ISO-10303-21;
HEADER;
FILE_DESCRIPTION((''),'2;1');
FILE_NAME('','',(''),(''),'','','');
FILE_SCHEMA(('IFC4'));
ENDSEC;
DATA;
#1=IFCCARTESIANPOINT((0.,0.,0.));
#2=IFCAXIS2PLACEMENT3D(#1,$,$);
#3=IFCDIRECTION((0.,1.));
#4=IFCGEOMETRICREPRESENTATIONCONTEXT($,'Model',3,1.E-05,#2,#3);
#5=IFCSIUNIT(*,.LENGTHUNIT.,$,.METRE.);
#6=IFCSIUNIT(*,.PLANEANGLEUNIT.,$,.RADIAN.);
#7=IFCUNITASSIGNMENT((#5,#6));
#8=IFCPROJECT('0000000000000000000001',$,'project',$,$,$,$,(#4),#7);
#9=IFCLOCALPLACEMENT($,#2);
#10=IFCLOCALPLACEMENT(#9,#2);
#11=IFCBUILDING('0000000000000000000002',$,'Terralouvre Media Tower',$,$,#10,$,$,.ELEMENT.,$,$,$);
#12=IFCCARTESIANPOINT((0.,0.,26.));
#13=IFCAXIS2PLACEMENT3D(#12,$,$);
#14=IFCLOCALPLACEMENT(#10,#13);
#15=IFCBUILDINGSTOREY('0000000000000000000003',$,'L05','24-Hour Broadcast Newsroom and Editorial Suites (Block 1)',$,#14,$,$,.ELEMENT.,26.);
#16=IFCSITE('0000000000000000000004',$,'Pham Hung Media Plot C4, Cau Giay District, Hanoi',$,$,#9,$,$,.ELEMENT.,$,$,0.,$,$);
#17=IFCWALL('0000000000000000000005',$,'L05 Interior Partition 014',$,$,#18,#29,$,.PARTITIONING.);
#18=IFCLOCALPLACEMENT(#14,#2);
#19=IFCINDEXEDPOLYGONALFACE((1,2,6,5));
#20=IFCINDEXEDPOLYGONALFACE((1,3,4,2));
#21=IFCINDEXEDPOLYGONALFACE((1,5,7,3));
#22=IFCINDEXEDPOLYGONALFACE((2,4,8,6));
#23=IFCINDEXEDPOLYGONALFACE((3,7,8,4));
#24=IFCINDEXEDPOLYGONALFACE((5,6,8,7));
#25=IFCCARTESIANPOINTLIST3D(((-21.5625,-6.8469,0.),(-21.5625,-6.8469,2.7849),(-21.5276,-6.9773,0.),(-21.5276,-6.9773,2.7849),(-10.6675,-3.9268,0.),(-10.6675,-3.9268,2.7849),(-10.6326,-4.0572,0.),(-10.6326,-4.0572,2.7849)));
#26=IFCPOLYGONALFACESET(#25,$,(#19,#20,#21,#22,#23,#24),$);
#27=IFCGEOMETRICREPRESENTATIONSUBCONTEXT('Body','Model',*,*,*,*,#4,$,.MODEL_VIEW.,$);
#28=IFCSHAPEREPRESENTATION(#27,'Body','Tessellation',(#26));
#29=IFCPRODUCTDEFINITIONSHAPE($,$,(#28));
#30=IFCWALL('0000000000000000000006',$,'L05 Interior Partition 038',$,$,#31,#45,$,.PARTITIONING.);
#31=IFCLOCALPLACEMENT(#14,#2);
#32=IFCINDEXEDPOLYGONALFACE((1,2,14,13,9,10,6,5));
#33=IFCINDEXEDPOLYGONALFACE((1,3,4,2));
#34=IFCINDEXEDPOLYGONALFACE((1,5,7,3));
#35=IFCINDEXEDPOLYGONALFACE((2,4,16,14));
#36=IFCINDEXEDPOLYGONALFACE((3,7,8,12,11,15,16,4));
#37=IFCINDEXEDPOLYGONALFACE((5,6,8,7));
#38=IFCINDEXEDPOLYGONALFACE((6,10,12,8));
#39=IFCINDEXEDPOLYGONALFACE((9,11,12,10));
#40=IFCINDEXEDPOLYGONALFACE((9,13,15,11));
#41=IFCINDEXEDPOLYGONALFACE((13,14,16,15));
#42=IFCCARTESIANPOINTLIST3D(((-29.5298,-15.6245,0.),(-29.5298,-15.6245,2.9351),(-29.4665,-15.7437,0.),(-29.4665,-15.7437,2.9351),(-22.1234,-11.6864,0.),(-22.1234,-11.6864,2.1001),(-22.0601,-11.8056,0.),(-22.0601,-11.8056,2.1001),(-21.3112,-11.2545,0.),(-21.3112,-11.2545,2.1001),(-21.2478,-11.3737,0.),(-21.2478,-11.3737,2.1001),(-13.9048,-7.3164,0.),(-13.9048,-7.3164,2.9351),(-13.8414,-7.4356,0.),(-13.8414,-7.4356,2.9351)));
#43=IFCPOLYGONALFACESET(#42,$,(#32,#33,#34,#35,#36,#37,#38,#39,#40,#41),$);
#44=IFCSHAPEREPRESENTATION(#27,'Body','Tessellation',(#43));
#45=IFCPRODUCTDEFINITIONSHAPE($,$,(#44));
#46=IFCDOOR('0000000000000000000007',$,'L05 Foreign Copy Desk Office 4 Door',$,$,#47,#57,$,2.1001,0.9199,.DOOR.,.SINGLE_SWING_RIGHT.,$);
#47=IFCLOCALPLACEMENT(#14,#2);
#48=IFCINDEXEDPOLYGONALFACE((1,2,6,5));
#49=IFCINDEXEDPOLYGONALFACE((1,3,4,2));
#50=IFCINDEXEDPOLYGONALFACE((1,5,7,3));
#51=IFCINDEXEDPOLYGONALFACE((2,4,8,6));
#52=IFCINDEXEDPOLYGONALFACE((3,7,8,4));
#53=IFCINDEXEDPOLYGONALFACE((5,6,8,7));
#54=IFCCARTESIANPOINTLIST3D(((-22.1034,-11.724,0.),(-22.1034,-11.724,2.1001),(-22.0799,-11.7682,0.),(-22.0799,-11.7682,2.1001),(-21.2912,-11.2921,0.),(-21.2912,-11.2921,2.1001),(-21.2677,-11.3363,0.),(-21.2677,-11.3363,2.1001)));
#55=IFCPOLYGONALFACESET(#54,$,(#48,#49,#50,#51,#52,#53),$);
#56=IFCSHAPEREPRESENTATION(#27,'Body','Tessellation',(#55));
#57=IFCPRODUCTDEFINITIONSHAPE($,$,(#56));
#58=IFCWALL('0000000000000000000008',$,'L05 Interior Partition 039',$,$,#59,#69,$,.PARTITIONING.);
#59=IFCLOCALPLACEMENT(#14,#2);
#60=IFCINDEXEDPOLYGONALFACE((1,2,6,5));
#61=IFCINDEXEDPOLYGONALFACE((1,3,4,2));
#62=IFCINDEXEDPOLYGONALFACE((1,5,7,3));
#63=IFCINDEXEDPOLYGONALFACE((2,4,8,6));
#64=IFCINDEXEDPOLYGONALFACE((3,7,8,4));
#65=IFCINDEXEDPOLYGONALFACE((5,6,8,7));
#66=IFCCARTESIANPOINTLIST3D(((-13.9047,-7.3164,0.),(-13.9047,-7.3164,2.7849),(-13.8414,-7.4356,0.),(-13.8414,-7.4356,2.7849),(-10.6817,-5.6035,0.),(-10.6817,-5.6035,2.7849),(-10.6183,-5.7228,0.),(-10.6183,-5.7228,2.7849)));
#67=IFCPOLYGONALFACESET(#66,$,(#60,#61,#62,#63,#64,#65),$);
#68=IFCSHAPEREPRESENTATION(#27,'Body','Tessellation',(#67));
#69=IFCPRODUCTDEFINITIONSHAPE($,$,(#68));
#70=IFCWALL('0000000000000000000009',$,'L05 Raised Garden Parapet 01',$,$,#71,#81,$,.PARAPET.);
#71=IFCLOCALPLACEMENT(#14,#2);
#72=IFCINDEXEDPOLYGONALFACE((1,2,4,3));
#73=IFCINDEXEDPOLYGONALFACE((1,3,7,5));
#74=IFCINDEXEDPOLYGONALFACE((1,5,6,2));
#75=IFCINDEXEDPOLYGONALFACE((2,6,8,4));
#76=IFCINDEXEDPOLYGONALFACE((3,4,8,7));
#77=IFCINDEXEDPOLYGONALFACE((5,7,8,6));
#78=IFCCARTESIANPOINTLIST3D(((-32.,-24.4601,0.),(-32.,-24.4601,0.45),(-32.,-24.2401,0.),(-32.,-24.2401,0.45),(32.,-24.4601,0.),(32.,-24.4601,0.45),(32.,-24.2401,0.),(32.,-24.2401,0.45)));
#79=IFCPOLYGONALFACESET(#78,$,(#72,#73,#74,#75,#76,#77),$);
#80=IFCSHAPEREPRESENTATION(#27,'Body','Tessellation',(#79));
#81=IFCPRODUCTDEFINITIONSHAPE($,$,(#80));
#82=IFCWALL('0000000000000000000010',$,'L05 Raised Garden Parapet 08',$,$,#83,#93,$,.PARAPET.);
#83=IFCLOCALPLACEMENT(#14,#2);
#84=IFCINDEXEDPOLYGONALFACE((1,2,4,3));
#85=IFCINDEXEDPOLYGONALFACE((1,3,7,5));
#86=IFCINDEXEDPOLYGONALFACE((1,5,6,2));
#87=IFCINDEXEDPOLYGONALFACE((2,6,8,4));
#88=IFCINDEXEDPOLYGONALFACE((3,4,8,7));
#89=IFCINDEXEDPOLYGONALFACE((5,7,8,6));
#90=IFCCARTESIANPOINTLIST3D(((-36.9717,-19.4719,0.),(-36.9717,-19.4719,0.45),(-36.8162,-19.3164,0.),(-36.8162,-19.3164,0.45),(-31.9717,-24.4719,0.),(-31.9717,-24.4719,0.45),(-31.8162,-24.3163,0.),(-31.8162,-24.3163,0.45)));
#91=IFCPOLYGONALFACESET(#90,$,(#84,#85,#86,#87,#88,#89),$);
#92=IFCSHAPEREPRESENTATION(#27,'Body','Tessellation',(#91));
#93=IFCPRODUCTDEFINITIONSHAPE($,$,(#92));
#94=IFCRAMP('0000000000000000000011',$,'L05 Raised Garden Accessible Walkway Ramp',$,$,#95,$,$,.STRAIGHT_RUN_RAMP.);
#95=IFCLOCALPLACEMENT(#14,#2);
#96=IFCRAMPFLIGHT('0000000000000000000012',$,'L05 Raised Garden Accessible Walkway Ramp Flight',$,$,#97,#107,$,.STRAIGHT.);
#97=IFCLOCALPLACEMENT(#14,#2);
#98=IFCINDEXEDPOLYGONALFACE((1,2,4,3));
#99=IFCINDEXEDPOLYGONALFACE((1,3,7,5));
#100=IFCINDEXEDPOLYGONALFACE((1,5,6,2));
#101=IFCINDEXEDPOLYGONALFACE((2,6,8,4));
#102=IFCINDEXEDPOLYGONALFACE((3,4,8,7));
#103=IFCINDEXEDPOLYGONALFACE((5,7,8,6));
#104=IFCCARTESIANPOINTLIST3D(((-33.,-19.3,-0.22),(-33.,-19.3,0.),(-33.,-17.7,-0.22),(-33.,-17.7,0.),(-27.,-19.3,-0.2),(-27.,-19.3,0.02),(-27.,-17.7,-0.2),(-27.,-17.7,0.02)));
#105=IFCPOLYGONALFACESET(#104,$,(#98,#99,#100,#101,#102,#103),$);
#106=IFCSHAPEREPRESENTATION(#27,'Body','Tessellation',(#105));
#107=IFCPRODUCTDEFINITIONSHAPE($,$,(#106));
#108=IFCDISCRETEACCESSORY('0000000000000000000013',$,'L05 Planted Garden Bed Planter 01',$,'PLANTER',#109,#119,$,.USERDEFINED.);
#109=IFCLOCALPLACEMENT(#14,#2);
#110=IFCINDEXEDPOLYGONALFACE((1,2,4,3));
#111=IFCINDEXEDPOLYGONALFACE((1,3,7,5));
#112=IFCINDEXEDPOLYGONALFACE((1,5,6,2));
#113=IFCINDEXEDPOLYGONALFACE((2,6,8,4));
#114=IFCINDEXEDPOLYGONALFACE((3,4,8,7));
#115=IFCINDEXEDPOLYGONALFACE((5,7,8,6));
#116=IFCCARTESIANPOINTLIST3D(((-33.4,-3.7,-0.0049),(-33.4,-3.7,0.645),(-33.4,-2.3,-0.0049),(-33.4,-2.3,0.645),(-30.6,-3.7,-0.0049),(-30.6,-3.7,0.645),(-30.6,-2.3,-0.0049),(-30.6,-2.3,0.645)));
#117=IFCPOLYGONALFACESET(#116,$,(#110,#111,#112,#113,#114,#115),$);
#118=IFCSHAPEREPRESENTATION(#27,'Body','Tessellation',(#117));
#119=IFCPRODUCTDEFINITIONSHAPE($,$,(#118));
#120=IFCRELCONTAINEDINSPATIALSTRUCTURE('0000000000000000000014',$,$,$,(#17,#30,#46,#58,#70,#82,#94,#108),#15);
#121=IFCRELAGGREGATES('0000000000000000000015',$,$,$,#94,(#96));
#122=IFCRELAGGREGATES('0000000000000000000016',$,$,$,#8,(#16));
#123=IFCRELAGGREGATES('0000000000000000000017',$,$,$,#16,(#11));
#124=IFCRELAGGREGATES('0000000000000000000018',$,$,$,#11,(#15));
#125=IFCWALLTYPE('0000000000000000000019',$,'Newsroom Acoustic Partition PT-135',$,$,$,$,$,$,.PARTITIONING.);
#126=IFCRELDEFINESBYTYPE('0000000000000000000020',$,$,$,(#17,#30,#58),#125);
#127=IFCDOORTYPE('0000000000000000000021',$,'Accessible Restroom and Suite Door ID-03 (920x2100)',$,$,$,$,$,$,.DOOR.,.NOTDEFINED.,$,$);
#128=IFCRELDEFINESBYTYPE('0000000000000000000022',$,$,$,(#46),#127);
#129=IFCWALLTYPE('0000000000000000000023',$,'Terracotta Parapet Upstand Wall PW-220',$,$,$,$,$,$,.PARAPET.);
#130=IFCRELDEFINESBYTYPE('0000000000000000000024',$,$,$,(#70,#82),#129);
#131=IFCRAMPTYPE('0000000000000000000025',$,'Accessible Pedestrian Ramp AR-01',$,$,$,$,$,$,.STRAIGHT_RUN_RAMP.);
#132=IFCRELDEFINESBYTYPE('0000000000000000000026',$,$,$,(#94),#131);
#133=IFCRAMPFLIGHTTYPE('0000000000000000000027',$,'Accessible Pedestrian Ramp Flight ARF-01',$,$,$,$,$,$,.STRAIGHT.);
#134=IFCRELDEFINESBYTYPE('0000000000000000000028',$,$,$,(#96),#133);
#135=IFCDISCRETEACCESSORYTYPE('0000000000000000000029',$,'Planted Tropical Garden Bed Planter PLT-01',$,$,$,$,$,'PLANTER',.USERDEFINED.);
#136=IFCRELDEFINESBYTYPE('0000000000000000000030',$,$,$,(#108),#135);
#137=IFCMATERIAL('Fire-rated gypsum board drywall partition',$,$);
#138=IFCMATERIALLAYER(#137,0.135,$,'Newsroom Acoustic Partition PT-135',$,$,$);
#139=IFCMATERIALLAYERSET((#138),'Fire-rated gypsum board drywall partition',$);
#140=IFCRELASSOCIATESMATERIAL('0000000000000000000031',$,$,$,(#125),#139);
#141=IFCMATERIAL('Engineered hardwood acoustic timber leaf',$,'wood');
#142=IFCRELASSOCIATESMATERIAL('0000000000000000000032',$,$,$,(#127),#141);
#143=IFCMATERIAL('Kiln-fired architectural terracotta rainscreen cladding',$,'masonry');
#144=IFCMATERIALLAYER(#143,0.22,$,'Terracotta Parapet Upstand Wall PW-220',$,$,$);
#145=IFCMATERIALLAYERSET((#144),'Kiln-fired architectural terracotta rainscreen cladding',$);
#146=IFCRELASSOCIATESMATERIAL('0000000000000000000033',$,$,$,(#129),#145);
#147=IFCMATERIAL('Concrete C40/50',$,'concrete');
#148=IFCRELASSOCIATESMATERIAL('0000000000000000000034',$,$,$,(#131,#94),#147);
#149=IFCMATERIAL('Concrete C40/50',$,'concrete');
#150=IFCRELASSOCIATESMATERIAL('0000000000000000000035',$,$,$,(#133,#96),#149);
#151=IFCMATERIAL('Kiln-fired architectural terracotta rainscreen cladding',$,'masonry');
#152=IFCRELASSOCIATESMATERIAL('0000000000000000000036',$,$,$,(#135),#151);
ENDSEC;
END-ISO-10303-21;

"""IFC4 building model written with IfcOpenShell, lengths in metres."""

from ifc_helpers import new_model, si_unit, direction, frame, frame_2d, origin, origin_2d, place, context, subcontext, project, spatial, polyline, rectangle, outline, extrude, material, layer, layer_set, type_object, element, fill, aggregate, save


model = new_model("IFC4")

# Units and contexts
model_context = context("Model", 3, precision=1e-05, world=origin(), true_north=direction((0.0, 1.0)))
body_context = subcontext(model_context, "Body", "Model", "MODEL_VIEW")
ifc_project = project(units=[si_unit("LENGTHUNIT", "METRE"), si_unit("PLANEANGLEUNIT", "RADIAN")], contexts=[model_context])

# Site, building, storey
site_placement = place(None, origin())
site = spatial("IfcSite", under=ifc_project, at=site_placement, Name="Pham Hung Media Plot C4, Cau Giay District, Hanoi", CompositionType="ELEMENT", RefElevation=0.0)
building_placement = place(site_placement, origin())
building = spatial("IfcBuilding", under=site, at=building_placement, Name="Terralouvre Media Tower", CompositionType="ELEMENT")
storey_placement = place(building_placement, frame((0.0, 0.0, 26.0)))
storey = spatial("IfcBuildingStorey", under=building, at=storey_placement, Name="L05", Description="24-Hour Broadcast Newsroom and Editorial Suites (Block 1)", CompositionType="ELEMENT", Elevation=26.0)

# Wall
ifc_material_1 = material(Name="Fire-rated gypsum board drywall partition")
ifc_layer_1 = layer(ifc_material_1, 0.135, Name="Newsroom Acoustic Partition PT-135")
ifc_layer_set_1 = layer_set([ifc_layer_1], Name="Fire-rated gypsum board drywall partition")
wall_type_1 = type_object("IfcWallType", Name="Newsroom Acoustic Partition PT-135", PredefinedType="PARTITIONING", material=ifc_layer_set_1)
wall_1_placement = place(storey_placement, frame((-21.5449, -6.9121, 0.0), z_axis=(0.0, 0.0, 1.0), x_axis=(0.965907, 0.25889, 0.0)))
element("IfcWall", 1, at=wall_1_placement, inside=storey, type_object=wall_type_1, Name="L05 Interior Partition 014", PredefinedType="PARTITIONING", context=body_context, shape_type="SweptSolid", body=[
    extrude(rectangle(XDim=11.2795, YDim=0.135, at=frame_2d((5.6396, 0.0))), origin(), (0.0, 0.0, 1.0), 2.7849),
])

# Wall, opening, door
wall_2_placement = place(storey_placement, frame((-29.498, -15.6841, 0.0), z_axis=(0.0, 0.0, 1.0), x_axis=(0.882944, 0.469478, 0.0)))
wall_2 = element("IfcWall", 2, at=wall_2_placement, inside=storey, type_object=wall_type_1, Name="L05 Interior Partition 038", PredefinedType="PARTITIONING", context=body_context, shape_type="SweptSolid", body=[
    extrude(rectangle(XDim=17.6965, YDim=0.135, at=frame_2d((8.8481, 0.0))), origin(), (0.0, 0.0, 1.0), 2.9351),
])
opening_placement = place(wall_2_placement, frame((8.3882, 0.0, 0.0)))
opening = element("IfcOpeningElement", 3, at=opening_placement, cuts=wall_2, PredefinedType="OPENING", context=body_context, shape_type="SweptSolid", body=[
    extrude(rectangle(XDim=0.9199, YDim=2.1001, at=frame_2d((0.46, 1.05))), frame((0.0, 0.0774, 0.0), z_axis=(0.0, -1.0, 0.0), x_axis=(1.0, 0.0, 0.0)), (0.0, 0.0, 1.0), 0.155),
])
ifc_material_2 = material(Name="Engineered hardwood acoustic timber leaf", Category="wood")
door_type = type_object("IfcDoorType", Name="Accessible Restroom and Suite Door ID-03 (920x2100)", OperationType="NOTDEFINED", PredefinedType="DOOR", material=ifc_material_2)
door_placement = place(opening_placement, origin())
door = element("IfcDoor", 4, at=door_placement, inside=storey, type_object=door_type, Name="L05 Foreign Copy Desk Office 4 Door", OperationType="SINGLE_SWING_RIGHT", OverallHeight=2.1001, OverallWidth=0.9199, PredefinedType="DOOR", context=body_context, shape_type="SweptSolid", body=[
    extrude(rectangle(XDim=0.9199, YDim=2.1001, at=frame_2d((0.46, 1.05))), frame((0.0, 0.0249, 0.0), z_axis=(0.0, -1.0, 0.0), x_axis=(1.0, 0.0, 0.0)), (0.0, 0.0, 1.0), 0.05),
])
fill(opening, door)

# Walls
wall_3_placement = place(storey_placement, frame((-13.873, -7.376, 0.0), z_axis=(0.0, 0.0, 1.0), x_axis=(0.883048, 0.469282, 0.0)))
element("IfcWall", 5, at=wall_3_placement, inside=storey, type_object=wall_type_1, Name="L05 Interior Partition 039", PredefinedType="PARTITIONING", context=body_context, shape_type="SweptSolid", body=[
    extrude(rectangle(XDim=3.6499, YDim=0.135, at=frame_2d((1.825, 0.0))), origin(), (0.0, 0.0, 1.0), 2.7849),
])
ifc_material_3 = material(Name="Kiln-fired architectural terracotta rainscreen cladding", Category="masonry")
ifc_layer_2 = layer(ifc_material_3, 0.22, Name="Terracotta Parapet Upstand Wall PW-220")
ifc_layer_set_2 = layer_set([ifc_layer_2], Name="Kiln-fired architectural terracotta rainscreen cladding")
wall_type_2 = type_object("IfcWallType", Name="Terracotta Parapet Upstand Wall PW-220", PredefinedType="PARAPET", material=ifc_layer_set_2)
wall_4_placement = place(storey_placement, frame((-32.0, -24.3501, 0.0), z_axis=(0.0, 0.0, 1.0), x_axis=(1.0, 0.0, 0.0)))
element("IfcWall", 6, at=wall_4_placement, inside=storey, type_object=wall_type_2, Name="L05 Raised Garden Parapet 01", PredefinedType="PARAPET", context=body_context, shape_type="SweptSolid", body=[
    extrude(rectangle(XDim=64.0, YDim=0.22, at=frame_2d((32.0, 0.0))), origin(), (0.0, 0.0, 1.0), 0.45),
])
wall_5_placement = place(storey_placement, frame((-36.894, -19.394, 0.0), z_axis=(0.0, 0.0, 1.0), x_axis=(0.707107, -0.707107, 0.0)))
element("IfcWall", 7, at=wall_5_placement, inside=storey, type_object=wall_type_2, Name="L05 Raised Garden Parapet 08", PredefinedType="PARAPET", context=body_context, shape_type="SweptSolid", body=[
    extrude(rectangle(XDim=7.071, YDim=0.22, at=frame_2d((3.5356, 0.0))), origin(), (0.0, 0.0, 1.0), 0.45),
])

# Ramp, ramp flight
ifc_material_4 = material(Name="Concrete C40/50", Category="concrete")
ramp_type = type_object("IfcRampType", Name="Accessible Pedestrian Ramp AR-01", PredefinedType="STRAIGHT_RUN_RAMP", material=ifc_material_4)
ramp_placement = place(storey_placement, origin())
ramp = element("IfcRamp", 8, at=ramp_placement, inside=storey, type_object=ramp_type, material=ifc_material_4, Name="L05 Raised Garden Accessible Walkway Ramp", PredefinedType="STRAIGHT_RUN_RAMP")
ifc_material_5 = material(Name="Concrete C40/50", Category="concrete")
ramp_flight_type = type_object("IfcRampFlightType", Name="Accessible Pedestrian Ramp Flight ARF-01", PredefinedType="STRAIGHT", material=ifc_material_5)
ramp_flight_placement = place(storey_placement, frame((-33.0, -18.5, 0.0), z_axis=(0.0, 0.0, 1.0), x_axis=(1.0, 0.0, 0.0)))
ramp_flight = element("IfcRampFlight", 9, at=ramp_flight_placement, type_object=ramp_flight_type, material=ifc_material_5, Name="L05 Raised Garden Accessible Walkway Ramp Flight", PredefinedType="STRAIGHT", context=body_context, shape_type="SweptSolid", body=[
    extrude(outline(polyline([(0.0, 0.0), (6.0, 0.02), (6.0, -0.2), (0.0, -0.22), (0.0, 0.0)])), frame((0.0, 0.8, 0.0), z_axis=(0.0, -1.0, 0.0), x_axis=(1.0, 0.0, 0.0)), (0.0, 0.0, 1.0), 1.6001),
])
aggregate(ramp, [ramp_flight])

# Discrete accessory
ifc_material_6 = material(Name="Kiln-fired architectural terracotta rainscreen cladding", Category="masonry")
discrete_accessory_type = type_object("IfcDiscreteAccessoryType", Name="Planted Tropical Garden Bed Planter PLT-01", ElementType="PLANTER", PredefinedType="USERDEFINED", material=ifc_material_6)
discrete_accessory_placement = place(storey_placement, frame((-32.0, -3.0, -0.0049), z_axis=(0.0, 0.0, 1.0), x_axis=(1.0, 0.0, 0.0)))
element("IfcDiscreteAccessory", 10, at=discrete_accessory_placement, inside=storey, type_object=discrete_accessory_type, Name="L05 Planted Garden Bed Planter 01", ObjectType="PLANTER", PredefinedType="USERDEFINED", context=body_context, shape_type="SweptSolid", body=[
    extrude(rectangle(XDim=2.8, YDim=1.3999, at=origin_2d()), origin(), (0.0, 0.0, 1.0), 0.6499),
])

save(model, "model.ifc")
